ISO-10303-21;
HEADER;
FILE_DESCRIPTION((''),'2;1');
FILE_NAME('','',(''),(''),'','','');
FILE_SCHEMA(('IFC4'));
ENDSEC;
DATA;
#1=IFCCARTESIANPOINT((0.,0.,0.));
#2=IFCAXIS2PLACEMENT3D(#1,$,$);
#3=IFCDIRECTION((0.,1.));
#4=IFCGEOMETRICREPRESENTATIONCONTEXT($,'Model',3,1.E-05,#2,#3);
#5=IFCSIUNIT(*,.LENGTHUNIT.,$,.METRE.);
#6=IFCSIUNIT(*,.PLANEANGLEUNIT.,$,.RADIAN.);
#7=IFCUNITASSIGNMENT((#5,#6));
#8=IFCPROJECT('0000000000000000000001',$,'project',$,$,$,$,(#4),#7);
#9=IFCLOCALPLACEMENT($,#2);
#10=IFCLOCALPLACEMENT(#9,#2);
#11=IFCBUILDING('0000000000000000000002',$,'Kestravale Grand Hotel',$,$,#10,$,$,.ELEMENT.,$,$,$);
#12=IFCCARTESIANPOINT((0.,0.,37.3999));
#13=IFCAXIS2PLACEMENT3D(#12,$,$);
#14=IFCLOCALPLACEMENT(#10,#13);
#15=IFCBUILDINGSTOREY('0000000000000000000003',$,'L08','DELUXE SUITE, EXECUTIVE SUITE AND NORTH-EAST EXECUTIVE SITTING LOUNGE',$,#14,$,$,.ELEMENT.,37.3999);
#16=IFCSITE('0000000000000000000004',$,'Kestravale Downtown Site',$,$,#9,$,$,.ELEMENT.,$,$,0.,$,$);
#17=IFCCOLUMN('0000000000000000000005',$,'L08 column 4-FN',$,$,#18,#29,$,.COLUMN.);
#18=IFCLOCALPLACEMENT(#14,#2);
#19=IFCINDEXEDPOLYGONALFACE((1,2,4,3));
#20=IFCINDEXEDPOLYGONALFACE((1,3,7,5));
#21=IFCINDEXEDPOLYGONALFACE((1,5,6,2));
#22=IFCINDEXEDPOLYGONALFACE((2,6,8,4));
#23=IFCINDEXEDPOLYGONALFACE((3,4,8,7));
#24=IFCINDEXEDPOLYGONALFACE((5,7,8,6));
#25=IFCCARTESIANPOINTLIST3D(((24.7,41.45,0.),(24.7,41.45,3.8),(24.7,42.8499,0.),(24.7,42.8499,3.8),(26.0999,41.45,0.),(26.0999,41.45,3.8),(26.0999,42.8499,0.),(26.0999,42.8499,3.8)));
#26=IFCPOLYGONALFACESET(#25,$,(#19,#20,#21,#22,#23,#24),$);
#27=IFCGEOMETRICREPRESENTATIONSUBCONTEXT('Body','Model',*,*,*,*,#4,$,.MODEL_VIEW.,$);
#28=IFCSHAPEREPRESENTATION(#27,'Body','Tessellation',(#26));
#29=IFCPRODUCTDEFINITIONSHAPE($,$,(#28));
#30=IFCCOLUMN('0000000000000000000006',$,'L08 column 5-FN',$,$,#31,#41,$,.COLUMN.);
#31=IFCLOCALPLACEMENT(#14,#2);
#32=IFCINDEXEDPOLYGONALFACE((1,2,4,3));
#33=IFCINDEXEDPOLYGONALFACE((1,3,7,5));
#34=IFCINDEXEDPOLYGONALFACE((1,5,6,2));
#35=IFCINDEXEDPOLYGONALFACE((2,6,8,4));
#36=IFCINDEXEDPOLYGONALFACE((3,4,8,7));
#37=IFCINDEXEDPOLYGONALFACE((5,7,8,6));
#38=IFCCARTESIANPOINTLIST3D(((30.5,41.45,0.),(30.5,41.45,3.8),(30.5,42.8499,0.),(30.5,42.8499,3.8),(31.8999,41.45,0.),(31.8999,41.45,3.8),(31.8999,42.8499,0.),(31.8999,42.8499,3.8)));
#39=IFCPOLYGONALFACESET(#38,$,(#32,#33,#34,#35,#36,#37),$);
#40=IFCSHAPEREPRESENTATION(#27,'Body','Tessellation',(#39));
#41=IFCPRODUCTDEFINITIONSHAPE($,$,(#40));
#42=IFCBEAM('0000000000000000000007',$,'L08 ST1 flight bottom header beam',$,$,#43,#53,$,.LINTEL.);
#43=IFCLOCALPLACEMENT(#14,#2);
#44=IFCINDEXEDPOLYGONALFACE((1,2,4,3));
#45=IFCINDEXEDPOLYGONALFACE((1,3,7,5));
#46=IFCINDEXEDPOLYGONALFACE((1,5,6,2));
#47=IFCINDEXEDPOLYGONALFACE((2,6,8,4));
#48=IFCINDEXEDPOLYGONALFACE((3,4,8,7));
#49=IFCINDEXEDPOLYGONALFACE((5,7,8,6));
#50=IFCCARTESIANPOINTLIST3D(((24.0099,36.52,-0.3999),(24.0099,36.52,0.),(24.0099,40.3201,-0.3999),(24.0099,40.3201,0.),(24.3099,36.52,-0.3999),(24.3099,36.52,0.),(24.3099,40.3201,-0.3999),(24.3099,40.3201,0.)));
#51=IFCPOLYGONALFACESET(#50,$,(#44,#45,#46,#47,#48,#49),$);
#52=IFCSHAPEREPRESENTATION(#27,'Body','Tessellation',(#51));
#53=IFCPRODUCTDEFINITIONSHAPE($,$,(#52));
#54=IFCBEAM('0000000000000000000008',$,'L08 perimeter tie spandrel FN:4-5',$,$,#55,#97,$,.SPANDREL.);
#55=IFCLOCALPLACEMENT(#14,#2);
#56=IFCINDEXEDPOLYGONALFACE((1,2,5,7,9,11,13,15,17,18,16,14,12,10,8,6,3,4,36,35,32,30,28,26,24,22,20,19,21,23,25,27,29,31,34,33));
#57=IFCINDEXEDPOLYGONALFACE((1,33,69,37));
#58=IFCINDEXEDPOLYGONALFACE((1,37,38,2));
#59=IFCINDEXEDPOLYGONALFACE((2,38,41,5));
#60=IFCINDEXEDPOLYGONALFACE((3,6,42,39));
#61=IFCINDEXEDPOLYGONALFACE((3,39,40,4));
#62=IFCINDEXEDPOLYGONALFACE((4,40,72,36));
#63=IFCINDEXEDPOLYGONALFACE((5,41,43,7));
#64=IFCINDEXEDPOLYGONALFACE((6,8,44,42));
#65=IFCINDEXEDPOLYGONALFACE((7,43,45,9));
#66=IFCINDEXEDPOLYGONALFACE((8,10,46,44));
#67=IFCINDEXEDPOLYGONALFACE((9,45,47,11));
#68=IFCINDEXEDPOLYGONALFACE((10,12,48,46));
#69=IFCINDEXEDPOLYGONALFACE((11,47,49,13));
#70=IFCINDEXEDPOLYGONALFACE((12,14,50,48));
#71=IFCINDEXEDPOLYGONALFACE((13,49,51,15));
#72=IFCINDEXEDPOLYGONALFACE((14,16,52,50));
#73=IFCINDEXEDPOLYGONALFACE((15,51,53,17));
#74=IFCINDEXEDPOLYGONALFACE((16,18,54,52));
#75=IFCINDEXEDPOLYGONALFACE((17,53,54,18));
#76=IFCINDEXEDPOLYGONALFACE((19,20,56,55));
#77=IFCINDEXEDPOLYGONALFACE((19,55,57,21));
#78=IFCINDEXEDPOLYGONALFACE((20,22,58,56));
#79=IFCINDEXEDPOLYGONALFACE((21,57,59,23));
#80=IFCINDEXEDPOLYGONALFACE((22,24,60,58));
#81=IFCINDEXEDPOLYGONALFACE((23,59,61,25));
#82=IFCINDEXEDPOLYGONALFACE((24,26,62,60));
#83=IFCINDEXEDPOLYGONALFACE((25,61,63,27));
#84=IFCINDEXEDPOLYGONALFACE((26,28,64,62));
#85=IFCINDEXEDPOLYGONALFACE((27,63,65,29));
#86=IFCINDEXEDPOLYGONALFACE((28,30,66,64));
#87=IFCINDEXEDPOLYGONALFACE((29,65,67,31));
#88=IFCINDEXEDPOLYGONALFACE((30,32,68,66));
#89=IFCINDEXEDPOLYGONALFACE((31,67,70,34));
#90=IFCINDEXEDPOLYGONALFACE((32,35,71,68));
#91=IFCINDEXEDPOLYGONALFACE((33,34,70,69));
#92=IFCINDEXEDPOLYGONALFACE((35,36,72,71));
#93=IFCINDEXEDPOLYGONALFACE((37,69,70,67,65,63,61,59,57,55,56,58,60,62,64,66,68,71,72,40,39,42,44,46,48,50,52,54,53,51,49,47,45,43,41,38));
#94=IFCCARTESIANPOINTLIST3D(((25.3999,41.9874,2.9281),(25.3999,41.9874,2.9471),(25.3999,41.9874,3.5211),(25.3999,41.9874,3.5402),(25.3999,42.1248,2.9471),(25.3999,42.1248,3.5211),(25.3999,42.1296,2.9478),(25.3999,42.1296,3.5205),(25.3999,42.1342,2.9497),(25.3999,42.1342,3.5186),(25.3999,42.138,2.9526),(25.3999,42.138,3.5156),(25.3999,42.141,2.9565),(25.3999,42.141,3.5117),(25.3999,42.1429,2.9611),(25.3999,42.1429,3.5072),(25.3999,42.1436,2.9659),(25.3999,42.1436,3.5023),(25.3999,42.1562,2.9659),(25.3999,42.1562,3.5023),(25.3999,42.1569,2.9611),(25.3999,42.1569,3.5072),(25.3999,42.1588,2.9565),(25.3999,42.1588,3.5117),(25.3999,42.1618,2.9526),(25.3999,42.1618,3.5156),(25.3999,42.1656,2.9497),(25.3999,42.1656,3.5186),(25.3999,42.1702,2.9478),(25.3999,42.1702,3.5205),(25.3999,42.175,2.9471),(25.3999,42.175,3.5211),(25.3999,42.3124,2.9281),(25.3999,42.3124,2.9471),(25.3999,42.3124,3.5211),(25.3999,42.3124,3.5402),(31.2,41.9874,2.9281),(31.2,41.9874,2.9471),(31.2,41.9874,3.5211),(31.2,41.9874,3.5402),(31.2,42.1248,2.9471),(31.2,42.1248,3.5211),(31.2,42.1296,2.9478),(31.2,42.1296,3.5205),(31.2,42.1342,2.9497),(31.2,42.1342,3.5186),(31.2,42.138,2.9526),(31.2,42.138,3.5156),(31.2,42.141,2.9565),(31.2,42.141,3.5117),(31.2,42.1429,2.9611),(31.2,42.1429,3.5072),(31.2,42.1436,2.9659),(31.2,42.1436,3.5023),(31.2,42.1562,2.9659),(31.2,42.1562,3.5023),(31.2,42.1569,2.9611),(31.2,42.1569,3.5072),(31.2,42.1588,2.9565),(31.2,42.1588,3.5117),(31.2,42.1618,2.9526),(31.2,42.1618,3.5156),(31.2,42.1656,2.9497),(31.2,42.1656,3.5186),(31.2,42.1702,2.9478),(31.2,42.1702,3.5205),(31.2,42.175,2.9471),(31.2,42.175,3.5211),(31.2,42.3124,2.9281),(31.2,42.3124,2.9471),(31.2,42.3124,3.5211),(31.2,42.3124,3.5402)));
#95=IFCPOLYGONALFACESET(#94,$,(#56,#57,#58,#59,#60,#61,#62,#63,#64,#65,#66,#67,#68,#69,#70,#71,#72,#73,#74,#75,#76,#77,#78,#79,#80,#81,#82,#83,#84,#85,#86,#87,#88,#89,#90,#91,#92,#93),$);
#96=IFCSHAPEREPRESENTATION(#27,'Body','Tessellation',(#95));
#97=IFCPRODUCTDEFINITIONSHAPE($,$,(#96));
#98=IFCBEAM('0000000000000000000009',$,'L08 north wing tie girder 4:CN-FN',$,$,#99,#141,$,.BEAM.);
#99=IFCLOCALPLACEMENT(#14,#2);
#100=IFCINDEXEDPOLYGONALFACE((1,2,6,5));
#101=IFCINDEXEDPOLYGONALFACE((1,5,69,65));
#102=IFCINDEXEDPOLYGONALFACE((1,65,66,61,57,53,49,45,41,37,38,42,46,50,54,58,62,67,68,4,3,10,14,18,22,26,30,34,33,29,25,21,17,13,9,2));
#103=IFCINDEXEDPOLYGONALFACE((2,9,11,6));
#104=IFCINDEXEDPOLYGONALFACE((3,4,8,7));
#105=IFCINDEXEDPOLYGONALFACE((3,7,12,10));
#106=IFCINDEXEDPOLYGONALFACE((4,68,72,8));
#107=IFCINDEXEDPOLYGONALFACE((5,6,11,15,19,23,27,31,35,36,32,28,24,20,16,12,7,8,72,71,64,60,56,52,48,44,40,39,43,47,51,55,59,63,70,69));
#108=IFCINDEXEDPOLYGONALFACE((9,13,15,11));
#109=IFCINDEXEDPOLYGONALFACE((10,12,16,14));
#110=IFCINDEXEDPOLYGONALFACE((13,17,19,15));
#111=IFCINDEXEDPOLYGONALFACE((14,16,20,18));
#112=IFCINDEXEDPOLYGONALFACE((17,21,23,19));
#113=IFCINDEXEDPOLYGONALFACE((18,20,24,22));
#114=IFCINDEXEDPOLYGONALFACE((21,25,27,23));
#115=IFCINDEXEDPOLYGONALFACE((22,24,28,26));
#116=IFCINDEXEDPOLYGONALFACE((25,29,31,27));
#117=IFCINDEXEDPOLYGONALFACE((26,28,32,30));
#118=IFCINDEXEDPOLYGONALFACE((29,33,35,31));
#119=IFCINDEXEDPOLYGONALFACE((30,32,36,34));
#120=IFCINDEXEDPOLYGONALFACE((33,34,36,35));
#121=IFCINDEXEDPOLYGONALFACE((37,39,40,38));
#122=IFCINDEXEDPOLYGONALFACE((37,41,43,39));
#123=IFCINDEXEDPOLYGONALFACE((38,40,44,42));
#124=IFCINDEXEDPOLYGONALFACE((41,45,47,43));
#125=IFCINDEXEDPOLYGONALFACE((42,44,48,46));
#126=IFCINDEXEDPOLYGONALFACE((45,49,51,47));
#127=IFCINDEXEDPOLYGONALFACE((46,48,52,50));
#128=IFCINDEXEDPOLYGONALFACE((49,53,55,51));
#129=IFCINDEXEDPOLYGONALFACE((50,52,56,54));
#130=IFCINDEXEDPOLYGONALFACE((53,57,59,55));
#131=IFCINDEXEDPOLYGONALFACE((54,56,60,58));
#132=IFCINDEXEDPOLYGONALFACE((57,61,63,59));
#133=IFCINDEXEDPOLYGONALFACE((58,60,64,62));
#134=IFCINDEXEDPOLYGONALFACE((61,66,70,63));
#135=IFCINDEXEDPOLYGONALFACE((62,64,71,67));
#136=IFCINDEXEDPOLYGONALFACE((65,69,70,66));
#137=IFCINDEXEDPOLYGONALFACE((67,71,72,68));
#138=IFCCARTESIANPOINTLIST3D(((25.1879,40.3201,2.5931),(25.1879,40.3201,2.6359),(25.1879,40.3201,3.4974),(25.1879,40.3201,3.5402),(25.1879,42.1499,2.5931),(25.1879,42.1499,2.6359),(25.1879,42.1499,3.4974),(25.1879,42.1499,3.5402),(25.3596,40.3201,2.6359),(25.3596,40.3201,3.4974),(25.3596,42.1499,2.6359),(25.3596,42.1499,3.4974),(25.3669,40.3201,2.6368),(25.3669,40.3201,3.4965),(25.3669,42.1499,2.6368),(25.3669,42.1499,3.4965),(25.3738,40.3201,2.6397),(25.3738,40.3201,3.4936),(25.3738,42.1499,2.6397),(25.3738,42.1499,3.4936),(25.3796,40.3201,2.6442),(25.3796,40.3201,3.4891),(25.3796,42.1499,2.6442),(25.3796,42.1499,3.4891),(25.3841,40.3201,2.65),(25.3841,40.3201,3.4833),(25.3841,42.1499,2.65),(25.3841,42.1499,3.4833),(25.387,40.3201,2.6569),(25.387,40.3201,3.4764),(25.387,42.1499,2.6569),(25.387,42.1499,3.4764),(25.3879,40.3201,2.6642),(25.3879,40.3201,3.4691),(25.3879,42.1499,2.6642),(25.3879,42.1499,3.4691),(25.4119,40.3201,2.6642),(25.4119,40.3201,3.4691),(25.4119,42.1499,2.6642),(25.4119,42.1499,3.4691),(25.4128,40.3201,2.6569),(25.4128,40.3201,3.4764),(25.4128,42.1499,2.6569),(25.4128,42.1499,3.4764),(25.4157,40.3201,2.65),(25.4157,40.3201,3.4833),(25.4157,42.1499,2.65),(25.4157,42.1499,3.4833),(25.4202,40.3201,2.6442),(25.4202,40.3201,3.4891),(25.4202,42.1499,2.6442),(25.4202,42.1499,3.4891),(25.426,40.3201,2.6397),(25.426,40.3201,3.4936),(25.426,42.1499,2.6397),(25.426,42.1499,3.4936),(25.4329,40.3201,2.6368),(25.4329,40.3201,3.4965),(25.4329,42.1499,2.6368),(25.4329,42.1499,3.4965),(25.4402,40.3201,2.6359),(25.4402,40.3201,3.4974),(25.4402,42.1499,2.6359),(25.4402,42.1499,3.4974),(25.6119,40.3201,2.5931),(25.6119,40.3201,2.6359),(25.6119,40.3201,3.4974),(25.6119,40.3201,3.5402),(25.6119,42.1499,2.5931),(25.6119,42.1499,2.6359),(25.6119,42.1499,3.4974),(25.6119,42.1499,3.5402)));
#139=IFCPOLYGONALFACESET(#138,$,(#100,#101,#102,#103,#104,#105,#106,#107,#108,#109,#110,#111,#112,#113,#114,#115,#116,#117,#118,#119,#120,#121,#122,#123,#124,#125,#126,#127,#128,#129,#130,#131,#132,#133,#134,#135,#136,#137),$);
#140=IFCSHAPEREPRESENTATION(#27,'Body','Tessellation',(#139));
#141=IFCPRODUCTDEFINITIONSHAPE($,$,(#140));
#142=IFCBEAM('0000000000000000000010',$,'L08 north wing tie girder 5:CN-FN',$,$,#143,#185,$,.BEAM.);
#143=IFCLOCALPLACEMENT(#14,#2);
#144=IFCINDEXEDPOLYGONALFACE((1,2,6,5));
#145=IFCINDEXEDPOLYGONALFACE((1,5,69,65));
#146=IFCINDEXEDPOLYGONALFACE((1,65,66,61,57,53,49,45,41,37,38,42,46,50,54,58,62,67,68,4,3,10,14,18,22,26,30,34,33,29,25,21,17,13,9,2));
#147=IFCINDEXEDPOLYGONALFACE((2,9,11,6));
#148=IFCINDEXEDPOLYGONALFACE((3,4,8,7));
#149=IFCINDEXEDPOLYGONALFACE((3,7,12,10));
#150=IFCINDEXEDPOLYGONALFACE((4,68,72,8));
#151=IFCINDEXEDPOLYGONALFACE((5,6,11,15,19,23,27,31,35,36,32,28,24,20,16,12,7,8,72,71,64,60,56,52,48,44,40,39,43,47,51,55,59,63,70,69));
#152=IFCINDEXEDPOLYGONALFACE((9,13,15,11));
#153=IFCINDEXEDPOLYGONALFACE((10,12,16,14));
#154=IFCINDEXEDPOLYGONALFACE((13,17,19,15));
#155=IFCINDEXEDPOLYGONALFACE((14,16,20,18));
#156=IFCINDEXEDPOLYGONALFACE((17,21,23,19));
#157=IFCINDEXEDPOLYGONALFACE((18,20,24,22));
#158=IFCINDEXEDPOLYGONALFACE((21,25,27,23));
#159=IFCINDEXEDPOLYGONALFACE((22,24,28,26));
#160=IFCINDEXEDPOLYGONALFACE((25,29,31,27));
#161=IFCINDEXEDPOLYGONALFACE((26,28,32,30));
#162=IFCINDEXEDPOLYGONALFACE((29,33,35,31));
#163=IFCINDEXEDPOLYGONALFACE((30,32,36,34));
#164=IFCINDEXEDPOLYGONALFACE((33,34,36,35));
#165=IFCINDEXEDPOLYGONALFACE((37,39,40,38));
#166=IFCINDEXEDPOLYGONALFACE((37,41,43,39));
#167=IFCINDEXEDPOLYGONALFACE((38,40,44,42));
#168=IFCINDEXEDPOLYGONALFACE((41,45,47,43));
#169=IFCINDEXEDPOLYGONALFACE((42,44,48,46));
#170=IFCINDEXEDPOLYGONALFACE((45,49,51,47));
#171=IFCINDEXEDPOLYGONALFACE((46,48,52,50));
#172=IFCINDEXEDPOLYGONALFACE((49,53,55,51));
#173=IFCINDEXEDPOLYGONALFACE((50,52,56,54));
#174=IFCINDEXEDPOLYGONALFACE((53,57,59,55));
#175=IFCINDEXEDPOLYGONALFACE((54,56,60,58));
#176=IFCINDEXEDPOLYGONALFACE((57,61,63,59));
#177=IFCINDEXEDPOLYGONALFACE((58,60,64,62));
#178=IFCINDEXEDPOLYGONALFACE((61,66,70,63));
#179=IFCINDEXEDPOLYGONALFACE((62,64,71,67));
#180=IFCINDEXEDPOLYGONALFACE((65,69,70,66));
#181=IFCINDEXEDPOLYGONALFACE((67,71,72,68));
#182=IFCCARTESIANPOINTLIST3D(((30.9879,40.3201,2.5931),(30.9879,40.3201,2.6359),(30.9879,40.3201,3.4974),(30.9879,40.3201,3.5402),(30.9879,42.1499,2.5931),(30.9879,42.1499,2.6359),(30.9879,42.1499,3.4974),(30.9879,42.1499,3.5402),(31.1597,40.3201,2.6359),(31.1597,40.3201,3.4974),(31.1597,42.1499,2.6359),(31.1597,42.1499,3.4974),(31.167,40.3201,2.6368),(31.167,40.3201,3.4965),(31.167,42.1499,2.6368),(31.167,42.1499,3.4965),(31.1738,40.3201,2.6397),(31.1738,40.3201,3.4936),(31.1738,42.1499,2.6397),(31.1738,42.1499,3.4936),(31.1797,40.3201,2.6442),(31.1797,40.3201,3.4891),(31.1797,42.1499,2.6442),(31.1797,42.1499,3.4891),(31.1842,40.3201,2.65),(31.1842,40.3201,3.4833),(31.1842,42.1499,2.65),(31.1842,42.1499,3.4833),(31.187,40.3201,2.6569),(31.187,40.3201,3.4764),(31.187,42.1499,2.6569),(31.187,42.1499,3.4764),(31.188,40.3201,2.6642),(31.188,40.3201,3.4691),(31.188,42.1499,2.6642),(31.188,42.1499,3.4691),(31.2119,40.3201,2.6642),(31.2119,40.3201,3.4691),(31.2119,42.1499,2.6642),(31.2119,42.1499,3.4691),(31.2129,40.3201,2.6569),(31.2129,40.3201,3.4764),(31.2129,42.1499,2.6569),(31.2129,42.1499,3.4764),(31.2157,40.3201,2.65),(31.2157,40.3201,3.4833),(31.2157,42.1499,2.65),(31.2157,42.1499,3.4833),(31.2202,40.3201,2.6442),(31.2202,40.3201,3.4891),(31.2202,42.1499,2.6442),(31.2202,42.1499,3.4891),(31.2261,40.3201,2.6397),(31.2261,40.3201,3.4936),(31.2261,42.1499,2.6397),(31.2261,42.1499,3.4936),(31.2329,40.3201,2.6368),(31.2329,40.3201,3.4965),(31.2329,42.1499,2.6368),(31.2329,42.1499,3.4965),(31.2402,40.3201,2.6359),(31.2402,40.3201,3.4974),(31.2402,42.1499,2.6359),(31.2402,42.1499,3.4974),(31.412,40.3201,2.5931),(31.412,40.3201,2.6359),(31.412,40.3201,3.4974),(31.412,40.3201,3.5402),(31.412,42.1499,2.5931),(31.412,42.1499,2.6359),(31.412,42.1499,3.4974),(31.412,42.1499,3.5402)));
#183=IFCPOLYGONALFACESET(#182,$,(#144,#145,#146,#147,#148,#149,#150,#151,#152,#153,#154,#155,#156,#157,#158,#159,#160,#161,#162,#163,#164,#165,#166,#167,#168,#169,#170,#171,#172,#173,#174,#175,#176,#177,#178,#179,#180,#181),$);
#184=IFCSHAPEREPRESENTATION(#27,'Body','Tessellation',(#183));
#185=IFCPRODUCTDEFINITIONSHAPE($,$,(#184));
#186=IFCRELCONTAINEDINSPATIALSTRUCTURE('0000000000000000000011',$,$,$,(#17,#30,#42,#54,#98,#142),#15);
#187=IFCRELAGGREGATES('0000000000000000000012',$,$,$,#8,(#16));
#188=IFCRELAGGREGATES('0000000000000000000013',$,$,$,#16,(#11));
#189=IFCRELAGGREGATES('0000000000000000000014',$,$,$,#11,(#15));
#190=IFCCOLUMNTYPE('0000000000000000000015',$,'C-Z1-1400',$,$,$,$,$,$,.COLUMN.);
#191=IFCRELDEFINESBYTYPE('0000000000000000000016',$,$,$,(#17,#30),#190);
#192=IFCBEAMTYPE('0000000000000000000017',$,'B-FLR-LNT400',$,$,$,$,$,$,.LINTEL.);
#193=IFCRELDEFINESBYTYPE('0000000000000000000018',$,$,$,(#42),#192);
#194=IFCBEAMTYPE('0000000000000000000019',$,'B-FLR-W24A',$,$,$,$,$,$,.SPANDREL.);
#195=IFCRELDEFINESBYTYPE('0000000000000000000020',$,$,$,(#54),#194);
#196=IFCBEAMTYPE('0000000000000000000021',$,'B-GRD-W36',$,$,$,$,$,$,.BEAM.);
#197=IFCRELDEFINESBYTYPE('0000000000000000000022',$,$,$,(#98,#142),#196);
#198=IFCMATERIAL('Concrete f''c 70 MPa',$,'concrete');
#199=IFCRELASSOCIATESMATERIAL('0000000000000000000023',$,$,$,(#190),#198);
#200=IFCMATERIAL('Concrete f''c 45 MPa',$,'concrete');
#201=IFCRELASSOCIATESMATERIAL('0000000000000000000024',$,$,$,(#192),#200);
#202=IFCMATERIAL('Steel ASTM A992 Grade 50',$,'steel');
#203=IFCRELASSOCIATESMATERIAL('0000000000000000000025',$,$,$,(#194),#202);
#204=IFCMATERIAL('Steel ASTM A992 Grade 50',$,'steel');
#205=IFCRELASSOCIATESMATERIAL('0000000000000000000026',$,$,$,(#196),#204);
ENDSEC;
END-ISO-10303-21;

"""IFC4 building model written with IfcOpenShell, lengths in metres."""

from ifc_helpers import new_model, si_unit, direction, frame, origin, origin_2d, place, context, subcontext, project, spatial, rectangle, i_section, extrude, material, material_profile, profile_set, type_object, element, save


model = new_model("IFC4")

# Units and contexts
model_context = context("Model", 3, precision=1e-05, world=origin(), true_north=direction((0.0, 1.0)))
body_context = subcontext(model_context, "Body", "Model", "MODEL_VIEW")
ifc_project = project(units=[si_unit("LENGTHUNIT", "METRE"), si_unit("PLANEANGLEUNIT", "RADIAN")], contexts=[model_context])

# Site, building, storey
site_placement = place(None, origin())
site = spatial("IfcSite", under=ifc_project, at=site_placement, Name="Kestravale Downtown Site", CompositionType="ELEMENT", RefElevation=0.0)
building_placement = place(site_placement, origin())
building = spatial("IfcBuilding", under=site, at=building_placement, Name="Kestravale Grand Hotel", CompositionType="ELEMENT")
storey_placement = place(building_placement, frame((0.0, 0.0, 37.3999)))
storey = spatial("IfcBuildingStorey", under=building, at=storey_placement, Name="L08", Description="DELUXE SUITE, EXECUTIVE SUITE AND NORTH-EAST EXECUTIVE SITTING LOUNGE", CompositionType="ELEMENT", Elevation=37.3999)

# Columns
ifc_material_1 = material(Name="Concrete f'c 70 MPa", Category="concrete")
ifc_material_profile_1 = material_profile(ifc_material_1, rectangle(XDim=1.3999, YDim=1.3999, at=origin_2d()))
ifc_profile_set_1 = profile_set([ifc_material_profile_1], Name="Concrete f'c 70 MPa")
column_type = type_object("IfcColumnType", Name="C-Z1-1400", PredefinedType="COLUMN", material=ifc_profile_set_1)
for number, where, z_axis, x_axis, name in (
    (1, (25.3999, 42.1499, 0.0), (0.0, 0.0, 1.0), (1.0, 0.0, 0.0), "L08 column 4-FN"),
    (2, (31.2, 42.1499, 0.0), (0.0, 0.0, 1.0), (1.0, 0.0, 0.0), "L08 column 5-FN"),
):
    element("IfcColumn", number, at=place(storey_placement, frame(where, z_axis=z_axis, x_axis=x_axis)), inside=storey, type_object=column_type, Name=name, PredefinedType="COLUMN", context=body_context, shape_type="SweptSolid", body=[
        extrude(rectangle(XDim=1.3999, YDim=1.3999, at=origin_2d()), origin(), (0.0, 0.0, 1.0), 3.8),
    ])

# Beams
ifc_material_2 = material(Name="Concrete f'c 45 MPa", Category="concrete")
ifc_material_profile_2 = material_profile(ifc_material_2, rectangle(XDim=0.3, YDim=0.3999, at=origin_2d()))
ifc_profile_set_2 = profile_set([ifc_material_profile_2], Name="Concrete f'c 45 MPa")
beam_type_1 = type_object("IfcBeamType", Name="B-FLR-LNT400", PredefinedType="LINTEL", material=ifc_profile_set_2)
beam_1_placement = place(storey_placement, frame((24.1599, 36.52, -0.2), z_axis=(0.0, 1.0, 0.0), x_axis=(-1.0, 0.0, 0.0)))
element("IfcBeam", 3, at=beam_1_placement, inside=storey, type_object=beam_type_1, Name="L08 ST1 flight bottom header beam", PredefinedType="LINTEL", context=body_context, shape_type="SweptSolid", body=[
    extrude(rectangle(XDim=0.3, YDim=0.3999, at=origin_2d()), origin(), (0.0, 0.0, 1.0), 3.8),
])
ifc_material_3 = material(Name="Steel ASTM A992 Grade 50", Category="steel")
ifc_material_profile_3 = material_profile(ifc_material_3, i_section(OverallWidth=0.325, OverallDepth=0.6121, WebThickness=0.0127, FlangeThickness=0.019, FilletRadius=0.0188, at=origin_2d()))
ifc_profile_set_3 = profile_set([ifc_material_profile_3], Name="Steel ASTM A992 Grade 50")
beam_type_2 = type_object("IfcBeamType", Name="B-FLR-W24A", PredefinedType="SPANDREL", material=ifc_profile_set_3)
beam_2_placement = place(storey_placement, frame((25.3999, 42.1499, 3.2341), z_axis=(1.0, 0.0, 0.0), x_axis=(0.0, 1.0, 0.0)))
element("IfcBeam", 4, at=beam_2_placement, inside=storey, type_object=beam_type_2, Name="L08 perimeter tie spandrel FN:4-5", PredefinedType="SPANDREL", context=body_context, shape_type="SweptSolid", body=[
    extrude(i_section(OverallWidth=0.325, OverallDepth=0.6121, WebThickness=0.0127, FlangeThickness=0.019, FilletRadius=0.0188, at=origin_2d()), origin(), (0.0, 0.0, 1.0), 5.8),
])
ifc_material_4 = material(Name="Steel ASTM A992 Grade 50", Category="steel")
ifc_material_profile_4 = material_profile(ifc_material_4, i_section(OverallWidth=0.4241, OverallDepth=0.947, WebThickness=0.0239, FlangeThickness=0.0427, FilletRadius=0.0283, at=origin_2d()))
ifc_profile_set_4 = profile_set([ifc_material_profile_4], Name="Steel ASTM A992 Grade 50")
beam_type_3 = type_object("IfcBeamType", Name="B-GRD-W36", PredefinedType="BEAM", material=ifc_profile_set_4)
for number, where, z_axis, x_axis, name in (
    (5, (25.3999, 40.3201, 3.0667), (0.0, 1.0, 0.0), (-1.0, 0.0, 0.0), "L08 north wing tie girder 4:CN-FN"),
    (6, (31.2, 40.3201, 3.0667), (0.0, 1.0, 0.0), (-1.0, 0.0, 0.0), "L08 north wing tie girder 5:CN-FN"),
):
    element("IfcBeam", number, at=place(storey_placement, frame(where, z_axis=z_axis, x_axis=x_axis)), inside=storey, type_object=beam_type_3, Name=name, PredefinedType="BEAM", context=body_context, shape_type="SweptSolid", body=[
        extrude(i_section(OverallWidth=0.4241, OverallDepth=0.947, WebThickness=0.0239, FlangeThickness=0.0427, FilletRadius=0.0283, at=origin_2d()), origin(), (0.0, 0.0, 1.0), 1.8298),
    ])

save(model, "model.ifc")
